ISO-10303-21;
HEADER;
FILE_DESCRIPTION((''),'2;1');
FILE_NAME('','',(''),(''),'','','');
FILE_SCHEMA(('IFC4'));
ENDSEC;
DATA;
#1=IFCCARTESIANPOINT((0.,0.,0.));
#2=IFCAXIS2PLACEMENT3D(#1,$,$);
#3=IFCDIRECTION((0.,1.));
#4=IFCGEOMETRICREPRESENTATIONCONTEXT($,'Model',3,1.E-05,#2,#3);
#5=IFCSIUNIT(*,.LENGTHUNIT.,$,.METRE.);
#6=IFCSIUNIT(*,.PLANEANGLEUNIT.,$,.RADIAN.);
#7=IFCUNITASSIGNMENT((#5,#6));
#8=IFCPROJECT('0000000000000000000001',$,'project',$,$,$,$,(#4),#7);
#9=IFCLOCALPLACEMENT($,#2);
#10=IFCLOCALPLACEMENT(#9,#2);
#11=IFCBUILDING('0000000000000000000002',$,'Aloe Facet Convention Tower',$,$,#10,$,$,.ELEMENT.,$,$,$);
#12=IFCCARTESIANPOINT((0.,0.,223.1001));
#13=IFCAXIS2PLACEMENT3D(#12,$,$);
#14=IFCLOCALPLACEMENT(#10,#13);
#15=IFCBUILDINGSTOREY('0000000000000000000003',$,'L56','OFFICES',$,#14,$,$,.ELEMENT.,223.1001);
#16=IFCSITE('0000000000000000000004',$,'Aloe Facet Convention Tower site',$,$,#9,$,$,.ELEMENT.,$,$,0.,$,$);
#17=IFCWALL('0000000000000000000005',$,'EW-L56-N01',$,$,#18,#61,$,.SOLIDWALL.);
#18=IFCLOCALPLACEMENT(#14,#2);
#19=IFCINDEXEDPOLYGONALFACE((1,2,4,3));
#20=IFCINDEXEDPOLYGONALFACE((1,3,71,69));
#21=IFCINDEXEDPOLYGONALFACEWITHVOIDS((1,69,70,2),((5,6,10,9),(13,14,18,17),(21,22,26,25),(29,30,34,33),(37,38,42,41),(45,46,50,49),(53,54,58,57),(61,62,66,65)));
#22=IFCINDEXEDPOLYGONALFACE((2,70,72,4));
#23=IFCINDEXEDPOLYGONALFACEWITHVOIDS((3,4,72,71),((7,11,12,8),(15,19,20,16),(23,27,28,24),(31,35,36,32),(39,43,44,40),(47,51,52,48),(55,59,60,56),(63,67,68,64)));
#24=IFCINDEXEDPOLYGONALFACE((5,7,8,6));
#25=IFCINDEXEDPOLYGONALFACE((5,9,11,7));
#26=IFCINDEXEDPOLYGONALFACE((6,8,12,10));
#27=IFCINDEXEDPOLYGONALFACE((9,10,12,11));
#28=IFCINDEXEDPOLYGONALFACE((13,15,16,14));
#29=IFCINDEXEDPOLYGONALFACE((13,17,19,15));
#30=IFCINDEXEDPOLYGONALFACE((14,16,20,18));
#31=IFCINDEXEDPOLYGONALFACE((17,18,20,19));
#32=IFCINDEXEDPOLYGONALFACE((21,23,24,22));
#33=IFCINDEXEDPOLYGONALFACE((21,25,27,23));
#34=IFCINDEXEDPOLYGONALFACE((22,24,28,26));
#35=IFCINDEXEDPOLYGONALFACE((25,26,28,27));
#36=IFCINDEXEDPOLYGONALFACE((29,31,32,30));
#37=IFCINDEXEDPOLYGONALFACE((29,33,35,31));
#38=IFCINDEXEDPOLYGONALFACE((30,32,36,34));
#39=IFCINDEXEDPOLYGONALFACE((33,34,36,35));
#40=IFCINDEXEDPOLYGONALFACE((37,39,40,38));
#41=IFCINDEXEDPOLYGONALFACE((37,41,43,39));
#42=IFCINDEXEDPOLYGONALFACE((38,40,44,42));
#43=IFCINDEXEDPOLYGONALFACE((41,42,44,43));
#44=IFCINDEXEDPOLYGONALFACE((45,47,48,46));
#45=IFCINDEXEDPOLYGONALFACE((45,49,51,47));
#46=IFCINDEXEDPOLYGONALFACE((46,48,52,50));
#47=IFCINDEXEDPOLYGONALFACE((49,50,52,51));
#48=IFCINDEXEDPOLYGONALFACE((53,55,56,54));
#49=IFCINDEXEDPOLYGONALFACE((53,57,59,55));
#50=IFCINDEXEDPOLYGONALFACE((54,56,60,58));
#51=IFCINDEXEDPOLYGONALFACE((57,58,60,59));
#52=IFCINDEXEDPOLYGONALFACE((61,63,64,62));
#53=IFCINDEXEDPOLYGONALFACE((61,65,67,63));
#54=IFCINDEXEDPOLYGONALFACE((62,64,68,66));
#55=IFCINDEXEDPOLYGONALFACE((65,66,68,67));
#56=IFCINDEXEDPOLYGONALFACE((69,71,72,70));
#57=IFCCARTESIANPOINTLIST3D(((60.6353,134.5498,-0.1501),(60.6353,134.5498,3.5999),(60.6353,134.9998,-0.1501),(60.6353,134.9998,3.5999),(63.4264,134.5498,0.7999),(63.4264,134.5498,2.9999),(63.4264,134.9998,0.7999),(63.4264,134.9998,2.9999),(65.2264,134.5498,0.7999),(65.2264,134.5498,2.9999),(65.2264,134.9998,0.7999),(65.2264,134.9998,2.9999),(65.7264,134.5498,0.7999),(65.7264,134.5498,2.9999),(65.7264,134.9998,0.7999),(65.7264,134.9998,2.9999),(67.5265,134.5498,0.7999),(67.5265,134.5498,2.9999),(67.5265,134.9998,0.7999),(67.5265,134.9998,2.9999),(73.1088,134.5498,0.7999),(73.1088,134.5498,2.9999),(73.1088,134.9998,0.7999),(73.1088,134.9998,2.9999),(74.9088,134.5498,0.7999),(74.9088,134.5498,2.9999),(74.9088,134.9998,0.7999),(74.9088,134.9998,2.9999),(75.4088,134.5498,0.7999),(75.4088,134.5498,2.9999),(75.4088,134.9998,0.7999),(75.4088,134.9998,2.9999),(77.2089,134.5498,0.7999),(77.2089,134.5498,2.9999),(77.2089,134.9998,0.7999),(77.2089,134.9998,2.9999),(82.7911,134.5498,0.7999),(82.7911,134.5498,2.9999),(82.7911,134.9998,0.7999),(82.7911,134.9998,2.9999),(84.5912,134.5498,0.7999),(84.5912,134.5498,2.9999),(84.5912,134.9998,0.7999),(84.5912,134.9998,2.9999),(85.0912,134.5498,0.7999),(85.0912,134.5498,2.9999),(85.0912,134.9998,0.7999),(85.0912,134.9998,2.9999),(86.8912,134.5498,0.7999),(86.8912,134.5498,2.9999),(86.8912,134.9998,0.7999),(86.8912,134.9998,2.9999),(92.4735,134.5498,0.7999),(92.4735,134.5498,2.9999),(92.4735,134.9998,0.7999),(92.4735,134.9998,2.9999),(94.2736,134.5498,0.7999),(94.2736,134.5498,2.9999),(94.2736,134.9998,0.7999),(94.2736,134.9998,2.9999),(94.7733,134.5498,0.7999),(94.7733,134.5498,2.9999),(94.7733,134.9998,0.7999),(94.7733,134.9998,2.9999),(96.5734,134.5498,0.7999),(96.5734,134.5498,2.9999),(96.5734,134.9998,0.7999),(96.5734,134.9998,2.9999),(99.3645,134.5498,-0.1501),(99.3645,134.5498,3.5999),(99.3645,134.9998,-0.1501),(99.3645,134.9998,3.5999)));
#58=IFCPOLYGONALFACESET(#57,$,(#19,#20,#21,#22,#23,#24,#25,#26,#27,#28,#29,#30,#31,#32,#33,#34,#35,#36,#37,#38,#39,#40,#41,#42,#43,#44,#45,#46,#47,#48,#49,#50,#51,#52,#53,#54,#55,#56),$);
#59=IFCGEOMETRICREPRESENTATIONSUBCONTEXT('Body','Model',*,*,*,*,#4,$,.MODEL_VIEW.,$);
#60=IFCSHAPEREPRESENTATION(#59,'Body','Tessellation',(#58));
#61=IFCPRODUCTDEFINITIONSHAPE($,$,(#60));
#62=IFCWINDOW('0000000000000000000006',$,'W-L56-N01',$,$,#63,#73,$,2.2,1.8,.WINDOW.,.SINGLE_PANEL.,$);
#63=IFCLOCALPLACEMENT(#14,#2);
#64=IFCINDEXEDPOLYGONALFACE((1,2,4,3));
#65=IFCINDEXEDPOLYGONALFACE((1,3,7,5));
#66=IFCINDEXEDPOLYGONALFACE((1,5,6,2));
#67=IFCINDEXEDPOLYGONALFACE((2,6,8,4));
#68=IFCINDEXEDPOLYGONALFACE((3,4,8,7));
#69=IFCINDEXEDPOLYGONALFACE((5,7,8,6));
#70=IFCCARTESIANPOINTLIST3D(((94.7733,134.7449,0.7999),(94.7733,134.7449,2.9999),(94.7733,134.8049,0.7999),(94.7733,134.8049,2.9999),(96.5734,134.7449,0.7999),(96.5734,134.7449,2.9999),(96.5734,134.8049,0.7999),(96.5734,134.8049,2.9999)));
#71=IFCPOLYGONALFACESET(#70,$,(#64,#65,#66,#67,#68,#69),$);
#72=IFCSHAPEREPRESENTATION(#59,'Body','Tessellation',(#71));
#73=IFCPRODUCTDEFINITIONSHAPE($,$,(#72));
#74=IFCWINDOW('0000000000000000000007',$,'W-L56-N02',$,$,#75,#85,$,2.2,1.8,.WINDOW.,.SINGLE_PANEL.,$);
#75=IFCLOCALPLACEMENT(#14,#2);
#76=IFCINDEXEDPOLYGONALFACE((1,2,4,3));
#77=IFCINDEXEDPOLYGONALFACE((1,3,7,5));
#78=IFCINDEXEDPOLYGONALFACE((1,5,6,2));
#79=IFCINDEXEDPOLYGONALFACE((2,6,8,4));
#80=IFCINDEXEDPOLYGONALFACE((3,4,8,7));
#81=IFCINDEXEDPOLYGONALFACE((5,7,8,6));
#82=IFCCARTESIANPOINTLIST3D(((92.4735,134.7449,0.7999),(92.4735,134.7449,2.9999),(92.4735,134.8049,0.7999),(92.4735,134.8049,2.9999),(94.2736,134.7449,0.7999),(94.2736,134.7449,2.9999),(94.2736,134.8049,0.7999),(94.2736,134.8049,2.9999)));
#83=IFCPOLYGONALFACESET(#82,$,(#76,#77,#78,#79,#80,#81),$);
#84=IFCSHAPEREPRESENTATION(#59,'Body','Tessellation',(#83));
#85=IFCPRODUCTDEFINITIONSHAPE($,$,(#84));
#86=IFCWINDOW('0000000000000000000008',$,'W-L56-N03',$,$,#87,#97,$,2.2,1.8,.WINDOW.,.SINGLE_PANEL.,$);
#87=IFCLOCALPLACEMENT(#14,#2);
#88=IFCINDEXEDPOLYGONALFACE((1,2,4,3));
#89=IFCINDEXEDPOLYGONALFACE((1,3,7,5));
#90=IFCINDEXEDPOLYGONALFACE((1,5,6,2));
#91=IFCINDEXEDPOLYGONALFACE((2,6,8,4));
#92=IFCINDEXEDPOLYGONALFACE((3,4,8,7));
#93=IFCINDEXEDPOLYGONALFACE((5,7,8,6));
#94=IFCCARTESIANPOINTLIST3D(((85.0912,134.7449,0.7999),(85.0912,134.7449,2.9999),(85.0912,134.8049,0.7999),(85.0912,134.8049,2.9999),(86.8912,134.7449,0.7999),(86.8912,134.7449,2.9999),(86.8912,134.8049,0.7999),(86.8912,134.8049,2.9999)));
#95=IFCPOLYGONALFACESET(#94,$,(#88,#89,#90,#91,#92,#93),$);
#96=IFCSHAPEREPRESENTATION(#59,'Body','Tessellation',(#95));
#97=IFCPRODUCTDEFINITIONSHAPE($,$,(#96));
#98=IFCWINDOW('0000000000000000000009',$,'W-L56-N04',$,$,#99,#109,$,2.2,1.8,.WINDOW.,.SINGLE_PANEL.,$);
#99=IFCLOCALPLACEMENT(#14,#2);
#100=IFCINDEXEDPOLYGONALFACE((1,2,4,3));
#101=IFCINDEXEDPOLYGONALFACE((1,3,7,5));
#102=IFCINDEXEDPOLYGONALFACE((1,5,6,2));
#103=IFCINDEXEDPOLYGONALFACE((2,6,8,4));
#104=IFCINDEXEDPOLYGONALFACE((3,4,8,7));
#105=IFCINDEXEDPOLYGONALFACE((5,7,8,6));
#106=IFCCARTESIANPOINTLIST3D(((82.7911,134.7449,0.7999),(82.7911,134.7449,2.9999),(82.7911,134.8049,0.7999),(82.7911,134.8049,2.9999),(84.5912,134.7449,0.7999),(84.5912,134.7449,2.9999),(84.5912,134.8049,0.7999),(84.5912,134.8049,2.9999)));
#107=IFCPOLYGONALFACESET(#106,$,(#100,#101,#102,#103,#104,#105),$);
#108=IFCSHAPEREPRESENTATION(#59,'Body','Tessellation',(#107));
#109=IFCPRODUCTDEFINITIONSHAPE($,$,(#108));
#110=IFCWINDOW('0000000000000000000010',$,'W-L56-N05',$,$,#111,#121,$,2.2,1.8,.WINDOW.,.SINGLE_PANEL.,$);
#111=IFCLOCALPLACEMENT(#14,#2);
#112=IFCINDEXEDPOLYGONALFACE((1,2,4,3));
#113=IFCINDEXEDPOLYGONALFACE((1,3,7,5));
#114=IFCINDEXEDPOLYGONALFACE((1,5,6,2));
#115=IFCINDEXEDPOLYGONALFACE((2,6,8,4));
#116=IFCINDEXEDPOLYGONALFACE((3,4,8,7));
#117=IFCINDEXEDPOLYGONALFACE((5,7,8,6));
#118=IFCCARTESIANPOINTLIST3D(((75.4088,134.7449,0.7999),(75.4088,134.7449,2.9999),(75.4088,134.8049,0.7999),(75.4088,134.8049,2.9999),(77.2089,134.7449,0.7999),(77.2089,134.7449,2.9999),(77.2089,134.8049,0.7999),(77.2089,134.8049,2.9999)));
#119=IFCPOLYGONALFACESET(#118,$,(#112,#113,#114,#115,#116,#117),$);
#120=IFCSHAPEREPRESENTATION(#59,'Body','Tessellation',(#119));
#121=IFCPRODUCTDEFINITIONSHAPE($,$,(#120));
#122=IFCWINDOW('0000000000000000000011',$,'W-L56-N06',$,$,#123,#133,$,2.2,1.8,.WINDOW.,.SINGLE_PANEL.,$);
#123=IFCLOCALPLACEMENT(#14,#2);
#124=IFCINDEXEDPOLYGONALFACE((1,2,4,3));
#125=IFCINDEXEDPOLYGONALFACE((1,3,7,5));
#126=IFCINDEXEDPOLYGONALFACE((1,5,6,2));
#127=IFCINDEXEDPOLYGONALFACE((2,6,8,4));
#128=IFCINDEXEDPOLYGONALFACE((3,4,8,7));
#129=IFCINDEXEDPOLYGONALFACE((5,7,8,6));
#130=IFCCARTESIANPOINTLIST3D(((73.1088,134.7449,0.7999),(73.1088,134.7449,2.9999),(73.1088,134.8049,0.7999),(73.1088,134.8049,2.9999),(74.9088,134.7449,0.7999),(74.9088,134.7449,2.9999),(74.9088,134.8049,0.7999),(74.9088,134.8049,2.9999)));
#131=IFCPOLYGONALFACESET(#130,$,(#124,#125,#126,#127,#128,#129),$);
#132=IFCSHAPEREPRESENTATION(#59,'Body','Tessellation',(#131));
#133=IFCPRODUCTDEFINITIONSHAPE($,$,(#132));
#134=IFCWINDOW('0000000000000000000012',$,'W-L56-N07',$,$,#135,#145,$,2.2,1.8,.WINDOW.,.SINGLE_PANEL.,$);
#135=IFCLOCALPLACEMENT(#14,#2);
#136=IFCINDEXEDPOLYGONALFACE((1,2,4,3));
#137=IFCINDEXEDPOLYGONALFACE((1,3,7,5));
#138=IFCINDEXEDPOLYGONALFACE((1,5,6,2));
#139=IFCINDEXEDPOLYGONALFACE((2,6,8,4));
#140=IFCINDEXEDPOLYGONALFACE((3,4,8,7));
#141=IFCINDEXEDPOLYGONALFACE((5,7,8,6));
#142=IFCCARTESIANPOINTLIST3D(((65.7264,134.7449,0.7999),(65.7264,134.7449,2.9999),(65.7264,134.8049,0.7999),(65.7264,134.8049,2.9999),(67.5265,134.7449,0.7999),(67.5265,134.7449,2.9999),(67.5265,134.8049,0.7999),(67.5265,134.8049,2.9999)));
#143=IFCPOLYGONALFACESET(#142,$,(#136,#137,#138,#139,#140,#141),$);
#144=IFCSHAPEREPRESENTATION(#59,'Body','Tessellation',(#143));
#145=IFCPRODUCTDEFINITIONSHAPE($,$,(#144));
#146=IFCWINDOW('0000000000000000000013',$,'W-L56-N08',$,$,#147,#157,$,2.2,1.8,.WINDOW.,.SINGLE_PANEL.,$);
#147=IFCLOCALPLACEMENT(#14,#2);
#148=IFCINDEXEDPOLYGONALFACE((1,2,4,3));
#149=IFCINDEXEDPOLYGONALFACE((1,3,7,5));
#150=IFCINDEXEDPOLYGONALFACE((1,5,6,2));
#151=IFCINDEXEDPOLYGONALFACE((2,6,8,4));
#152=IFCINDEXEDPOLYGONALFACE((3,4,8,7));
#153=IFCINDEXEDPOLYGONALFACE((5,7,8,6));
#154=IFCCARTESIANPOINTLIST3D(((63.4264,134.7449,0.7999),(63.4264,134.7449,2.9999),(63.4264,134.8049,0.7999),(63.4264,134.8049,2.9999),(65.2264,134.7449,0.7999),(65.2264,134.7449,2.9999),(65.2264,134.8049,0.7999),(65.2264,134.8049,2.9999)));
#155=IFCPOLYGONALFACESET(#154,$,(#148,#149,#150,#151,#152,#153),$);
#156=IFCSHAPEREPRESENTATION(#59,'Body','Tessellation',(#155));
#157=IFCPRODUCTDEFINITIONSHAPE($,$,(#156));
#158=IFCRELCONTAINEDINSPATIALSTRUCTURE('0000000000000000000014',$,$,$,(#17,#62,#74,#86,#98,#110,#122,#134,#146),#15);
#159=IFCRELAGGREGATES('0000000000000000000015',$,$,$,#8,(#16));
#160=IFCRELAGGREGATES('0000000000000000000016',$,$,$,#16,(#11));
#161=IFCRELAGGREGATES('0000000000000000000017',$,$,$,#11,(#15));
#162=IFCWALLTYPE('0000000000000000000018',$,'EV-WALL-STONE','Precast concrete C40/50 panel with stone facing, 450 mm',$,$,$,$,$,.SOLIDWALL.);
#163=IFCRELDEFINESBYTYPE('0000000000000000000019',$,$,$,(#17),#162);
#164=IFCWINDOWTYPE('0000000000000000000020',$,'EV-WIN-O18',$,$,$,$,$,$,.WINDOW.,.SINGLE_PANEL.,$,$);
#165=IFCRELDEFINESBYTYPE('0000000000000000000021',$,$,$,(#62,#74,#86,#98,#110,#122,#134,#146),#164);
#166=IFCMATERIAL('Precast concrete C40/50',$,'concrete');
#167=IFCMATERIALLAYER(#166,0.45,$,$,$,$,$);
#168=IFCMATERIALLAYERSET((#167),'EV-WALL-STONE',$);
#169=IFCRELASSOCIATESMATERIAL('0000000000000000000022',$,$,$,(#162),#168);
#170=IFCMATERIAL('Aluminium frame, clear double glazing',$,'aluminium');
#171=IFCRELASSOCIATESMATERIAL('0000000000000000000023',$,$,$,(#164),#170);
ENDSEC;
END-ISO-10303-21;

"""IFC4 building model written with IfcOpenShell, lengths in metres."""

from ifc_helpers import new_model, si_unit, direction, frame, frame_2d, origin, place, context, subcontext, project, spatial, polyline, rectangle, outline, extrude, material, layer, layer_set, type_object, element, fill, save


model = new_model("IFC4")

# Units and contexts
model_context = context("Model", 3, precision=1e-05, world=origin(), true_north=direction((0.0, 1.0)))
body_context = subcontext(model_context, "Body", "Model", "MODEL_VIEW")
ifc_project = project(units=[si_unit("LENGTHUNIT", "METRE"), si_unit("PLANEANGLEUNIT", "RADIAN")], contexts=[model_context])

# Site, building, storey
site_placement = place(None, origin())
site = spatial("IfcSite", under=ifc_project, at=site_placement, Name="Aloe Facet Convention Tower site", CompositionType="ELEMENT", RefElevation=0.0)
building_placement = place(site_placement, origin())
building = spatial("IfcBuilding", under=site, at=building_placement, Name="Aloe Facet Convention Tower", CompositionType="ELEMENT")
storey_placement = place(building_placement, frame((0.0, 0.0, 223.1001)))
storey = spatial("IfcBuildingStorey", under=building, at=storey_placement, Name="L56", Description="OFFICES", CompositionType="ELEMENT", Elevation=223.1001)

# Wall, openings, windows
ifc_material_1 = material(Name="Precast concrete C40/50", Category="concrete")
ifc_layer_1 = layer(ifc_material_1, 0.45)
ifc_layer_set_1 = layer_set([ifc_layer_1], Name="EV-WALL-STONE")
wall_type_1 = type_object("IfcWallType", Name="EV-WALL-STONE", Description="Precast concrete C40/50 panel with stone facing, 450 mm", PredefinedType="SOLIDWALL", material=ifc_layer_set_1)
wall_1_placement = place(storey_placement, frame((99.3645, 134.7749, -0.1501), z_axis=(0.0, 0.0, 1.0), x_axis=(-1.0, 0.0, 0.0)))
wall_1 = element("IfcWall", 1, at=wall_1_placement, inside=storey, type_object=wall_type_1, Name="EW-L56-N01", PredefinedType="SOLIDWALL", context=body_context, shape_type="SweptSolid", body=[
    extrude(outline(polyline([(38.7292, 0.0), (38.7292, 3.75), (0.0, 3.75), (0.0, 0.0), (38.7292, 0.0)])), frame((0.0, 0.2251, 0.0), z_axis=(0.0, -1.0, 0.0), x_axis=(1.0, 0.0, 0.0)), (0.0, 0.0, 1.0), 0.45),
])
opening_1_placement = place(wall_1_placement, frame((2.7913, 0.0, 0.95)))
opening_1 = element("IfcOpeningElement", 2, at=opening_1_placement, cuts=wall_1, PredefinedType="OPENING", context=body_context, shape_type="SweptSolid", body=[
    extrude(rectangle(XDim=1.8, YDim=2.2, at=frame_2d((0.8999, 1.1001))), frame((0.0, 0.2349, 0.0), z_axis=(0.0, -1.0, 0.0), x_axis=(1.0, 0.0, 0.0)), (0.0, 0.0, 1.0), 0.47),
])
opening_2_placement = place(wall_1_placement, frame((5.0911, 0.0, 0.95)))
opening_2 = element("IfcOpeningElement", 3, at=opening_2_placement, cuts=wall_1, PredefinedType="OPENING", context=body_context, shape_type="SweptSolid", body=[
    extrude(rectangle(XDim=1.8, YDim=2.2, at=frame_2d((0.8999, 1.1001))), frame((0.0, 0.2349, 0.0), z_axis=(0.0, -1.0, 0.0), x_axis=(1.0, 0.0, 0.0)), (0.0, 0.0, 1.0), 0.47),
])
opening_3_placement = place(wall_1_placement, frame((12.4734, 0.0, 0.95)))
opening_3 = element("IfcOpeningElement", 4, at=opening_3_placement, cuts=wall_1, PredefinedType="OPENING", context=body_context, shape_type="SweptSolid", body=[
    extrude(rectangle(XDim=1.8, YDim=2.2, at=frame_2d((0.8999, 1.1001))), frame((0.0, 0.2349, 0.0), z_axis=(0.0, -1.0, 0.0), x_axis=(1.0, 0.0, 0.0)), (0.0, 0.0, 1.0), 0.47),
])
opening_4_placement = place(wall_1_placement, frame((14.7734, 0.0, 0.95)))
opening_4 = element("IfcOpeningElement", 5, at=opening_4_placement, cuts=wall_1, PredefinedType="OPENING", context=body_context, shape_type="SweptSolid", body=[
    extrude(rectangle(XDim=1.8, YDim=2.2, at=frame_2d((0.8999, 1.1001))), frame((0.0, 0.2349, 0.0), z_axis=(0.0, -1.0, 0.0), x_axis=(1.0, 0.0, 0.0)), (0.0, 0.0, 1.0), 0.47),
])
opening_5_placement = place(wall_1_placement, frame((22.1558, 0.0, 0.95)))
opening_5 = element("IfcOpeningElement", 6, at=opening_5_placement, cuts=wall_1, PredefinedType="OPENING", context=body_context, shape_type="SweptSolid", body=[
    extrude(rectangle(XDim=1.8, YDim=2.2, at=frame_2d((0.8999, 1.1001))), frame((0.0, 0.2349, 0.0), z_axis=(0.0, -1.0, 0.0), x_axis=(1.0, 0.0, 0.0)), (0.0, 0.0, 1.0), 0.47),
])
opening_6_placement = place(wall_1_placement, frame((24.4558, 0.0, 0.95)))
opening_6 = element("IfcOpeningElement", 7, at=opening_6_placement, cuts=wall_1, PredefinedType="OPENING", context=body_context, shape_type="SweptSolid", body=[
    extrude(rectangle(XDim=1.8, YDim=2.2, at=frame_2d((0.8999, 1.1001))), frame((0.0, 0.2349, 0.0), z_axis=(0.0, -1.0, 0.0), x_axis=(1.0, 0.0, 0.0)), (0.0, 0.0, 1.0), 0.47),
])
opening_7_placement = place(wall_1_placement, frame((31.8381, 0.0, 0.95)))
opening_7 = element("IfcOpeningElement", 8, at=opening_7_placement, cuts=wall_1, PredefinedType="OPENING", context=body_context, shape_type="SweptSolid", body=[
    extrude(rectangle(XDim=1.8, YDim=2.2, at=frame_2d((0.8999, 1.1001))), frame((0.0, 0.2349, 0.0), z_axis=(0.0, -1.0, 0.0), x_axis=(1.0, 0.0, 0.0)), (0.0, 0.0, 1.0), 0.47),
])
opening_8_placement = place(wall_1_placement, frame((34.1382, 0.0, 0.95)))
opening_8 = element("IfcOpeningElement", 9, at=opening_8_placement, cuts=wall_1, PredefinedType="OPENING", context=body_context, shape_type="SweptSolid", body=[
    extrude(rectangle(XDim=1.8, YDim=2.2, at=frame_2d((0.8999, 1.1001))), frame((0.0, 0.2349, 0.0), z_axis=(0.0, -1.0, 0.0), x_axis=(1.0, 0.0, 0.0)), (0.0, 0.0, 1.0), 0.47),
])
ifc_material_2 = material(Name="Aluminium frame, clear double glazing", Category="aluminium")
window_type = type_object("IfcWindowType", Name="EV-WIN-O18", PartitioningType="SINGLE_PANEL", PredefinedType="WINDOW", material=ifc_material_2)
window_1_placement = place(opening_1_placement, origin())
window_1 = element("IfcWindow", 10, at=window_1_placement, inside=storey, type_object=window_type, Name="W-L56-N01", OverallHeight=2.2, OverallWidth=1.8, PartitioningType="SINGLE_PANEL", PredefinedType="WINDOW", context=body_context, shape_type="SweptSolid", body=[
    extrude(rectangle(XDim=1.8, YDim=2.2, at=frame_2d((0.8999, 1.1001))), frame((0.0, 0.03, 0.0), z_axis=(0.0, -1.0, 0.0), x_axis=(1.0, 0.0, 0.0)), (0.0, 0.0, 1.0), 0.0601),
])
fill(opening_1, window_1)
window_2_placement = place(opening_2_placement, origin())
window_2 = element("IfcWindow", 11, at=window_2_placement, inside=storey, type_object=window_type, Name="W-L56-N02", OverallHeight=2.2, OverallWidth=1.8, PartitioningType="SINGLE_PANEL", PredefinedType="WINDOW", context=body_context, shape_type="SweptSolid", body=[
    extrude(rectangle(XDim=1.8, YDim=2.2, at=frame_2d((0.8999, 1.1001))), frame((0.0, 0.03, 0.0), z_axis=(0.0, -1.0, 0.0), x_axis=(1.0, 0.0, 0.0)), (0.0, 0.0, 1.0), 0.0601),
])
fill(opening_2, window_2)
window_3_placement = place(opening_3_placement, origin())
window_3 = element("IfcWindow", 12, at=window_3_placement, inside=storey, type_object=window_type, Name="W-L56-N03", OverallHeight=2.2, OverallWidth=1.8, PartitioningType="SINGLE_PANEL", PredefinedType="WINDOW", context=body_context, shape_type="SweptSolid", body=[
    extrude(rectangle(XDim=1.8, YDim=2.2, at=frame_2d((0.8999, 1.1001))), frame((0.0, 0.03, 0.0), z_axis=(0.0, -1.0, 0.0), x_axis=(1.0, 0.0, 0.0)), (0.0, 0.0, 1.0), 0.0601),
])
fill(opening_3, window_3)
window_4_placement = place(opening_4_placement, origin())
window_4 = element("IfcWindow", 13, at=window_4_placement, inside=storey, type_object=window_type, Name="W-L56-N04", OverallHeight=2.2, OverallWidth=1.8, PartitioningType="SINGLE_PANEL", PredefinedType="WINDOW", context=body_context, shape_type="SweptSolid", body=[
    extrude(rectangle(XDim=1.8, YDim=2.2, at=frame_2d((0.8999, 1.1001))), frame((0.0, 0.03, 0.0), z_axis=(0.0, -1.0, 0.0), x_axis=(1.0, 0.0, 0.0)), (0.0, 0.0, 1.0), 0.0601),
])
fill(opening_4, window_4)
window_5_placement = place(opening_5_placement, origin())
window_5 = element("IfcWindow", 14, at=window_5_placement, inside=storey, type_object=window_type, Name="W-L56-N05", OverallHeight=2.2, OverallWidth=1.8, PartitioningType="SINGLE_PANEL", PredefinedType="WINDOW", context=body_context, shape_type="SweptSolid", body=[
    extrude(rectangle(XDim=1.8, YDim=2.2, at=frame_2d((0.8999, 1.1001))), frame((0.0, 0.03, 0.0), z_axis=(0.0, -1.0, 0.0), x_axis=(1.0, 0.0, 0.0)), (0.0, 0.0, 1.0), 0.0601),
])
fill(opening_5, window_5)
window_6_placement = place(opening_6_placement, origin())
window_6 = element("IfcWindow", 15, at=window_6_placement, inside=storey, type_object=window_type, Name="W-L56-N06", OverallHeight=2.2, OverallWidth=1.8, PartitioningType="SINGLE_PANEL", PredefinedType="WINDOW", context=body_context, shape_type="SweptSolid", body=[
    extrude(rectangle(XDim=1.8, YDim=2.2, at=frame_2d((0.8999, 1.1001))), frame((0.0, 0.03, 0.0), z_axis=(0.0, -1.0, 0.0), x_axis=(1.0, 0.0, 0.0)), (0.0, 0.0, 1.0), 0.0601),
])
fill(opening_6, window_6)
window_7_placement = place(opening_7_placement, origin())
window_7 = element("IfcWindow", 16, at=window_7_placement, inside=storey, type_object=window_type, Name="W-L56-N07", OverallHeight=2.2, OverallWidth=1.8, PartitioningType="SINGLE_PANEL", PredefinedType="WINDOW", context=body_context, shape_type="SweptSolid", body=[
    extrude(rectangle(XDim=1.8, YDim=2.2, at=frame_2d((0.8999, 1.1001))), frame((0.0, 0.03, 0.0), z_axis=(0.0, -1.0, 0.0), x_axis=(1.0, 0.0, 0.0)), (0.0, 0.0, 1.0), 0.0601),
])
fill(opening_7, window_7)
window_8_placement = place(opening_8_placement, origin())
window_8 = element("IfcWindow", 17, at=window_8_placement, inside=storey, type_object=window_type, Name="W-L56-N08", OverallHeight=2.2, OverallWidth=1.8, PartitioningType="SINGLE_PANEL", PredefinedType="WINDOW", context=body_context, shape_type="SweptSolid", body=[
    extrude(rectangle(XDim=1.8, YDim=2.2, at=frame_2d((0.8999, 1.1001))), frame((0.0, 0.03, 0.0), z_axis=(0.0, -1.0, 0.0), x_axis=(1.0, 0.0, 0.0)), (0.0, 0.0, 1.0), 0.0601),
])
fill(opening_8, window_8)

save(model, "model.ifc")
